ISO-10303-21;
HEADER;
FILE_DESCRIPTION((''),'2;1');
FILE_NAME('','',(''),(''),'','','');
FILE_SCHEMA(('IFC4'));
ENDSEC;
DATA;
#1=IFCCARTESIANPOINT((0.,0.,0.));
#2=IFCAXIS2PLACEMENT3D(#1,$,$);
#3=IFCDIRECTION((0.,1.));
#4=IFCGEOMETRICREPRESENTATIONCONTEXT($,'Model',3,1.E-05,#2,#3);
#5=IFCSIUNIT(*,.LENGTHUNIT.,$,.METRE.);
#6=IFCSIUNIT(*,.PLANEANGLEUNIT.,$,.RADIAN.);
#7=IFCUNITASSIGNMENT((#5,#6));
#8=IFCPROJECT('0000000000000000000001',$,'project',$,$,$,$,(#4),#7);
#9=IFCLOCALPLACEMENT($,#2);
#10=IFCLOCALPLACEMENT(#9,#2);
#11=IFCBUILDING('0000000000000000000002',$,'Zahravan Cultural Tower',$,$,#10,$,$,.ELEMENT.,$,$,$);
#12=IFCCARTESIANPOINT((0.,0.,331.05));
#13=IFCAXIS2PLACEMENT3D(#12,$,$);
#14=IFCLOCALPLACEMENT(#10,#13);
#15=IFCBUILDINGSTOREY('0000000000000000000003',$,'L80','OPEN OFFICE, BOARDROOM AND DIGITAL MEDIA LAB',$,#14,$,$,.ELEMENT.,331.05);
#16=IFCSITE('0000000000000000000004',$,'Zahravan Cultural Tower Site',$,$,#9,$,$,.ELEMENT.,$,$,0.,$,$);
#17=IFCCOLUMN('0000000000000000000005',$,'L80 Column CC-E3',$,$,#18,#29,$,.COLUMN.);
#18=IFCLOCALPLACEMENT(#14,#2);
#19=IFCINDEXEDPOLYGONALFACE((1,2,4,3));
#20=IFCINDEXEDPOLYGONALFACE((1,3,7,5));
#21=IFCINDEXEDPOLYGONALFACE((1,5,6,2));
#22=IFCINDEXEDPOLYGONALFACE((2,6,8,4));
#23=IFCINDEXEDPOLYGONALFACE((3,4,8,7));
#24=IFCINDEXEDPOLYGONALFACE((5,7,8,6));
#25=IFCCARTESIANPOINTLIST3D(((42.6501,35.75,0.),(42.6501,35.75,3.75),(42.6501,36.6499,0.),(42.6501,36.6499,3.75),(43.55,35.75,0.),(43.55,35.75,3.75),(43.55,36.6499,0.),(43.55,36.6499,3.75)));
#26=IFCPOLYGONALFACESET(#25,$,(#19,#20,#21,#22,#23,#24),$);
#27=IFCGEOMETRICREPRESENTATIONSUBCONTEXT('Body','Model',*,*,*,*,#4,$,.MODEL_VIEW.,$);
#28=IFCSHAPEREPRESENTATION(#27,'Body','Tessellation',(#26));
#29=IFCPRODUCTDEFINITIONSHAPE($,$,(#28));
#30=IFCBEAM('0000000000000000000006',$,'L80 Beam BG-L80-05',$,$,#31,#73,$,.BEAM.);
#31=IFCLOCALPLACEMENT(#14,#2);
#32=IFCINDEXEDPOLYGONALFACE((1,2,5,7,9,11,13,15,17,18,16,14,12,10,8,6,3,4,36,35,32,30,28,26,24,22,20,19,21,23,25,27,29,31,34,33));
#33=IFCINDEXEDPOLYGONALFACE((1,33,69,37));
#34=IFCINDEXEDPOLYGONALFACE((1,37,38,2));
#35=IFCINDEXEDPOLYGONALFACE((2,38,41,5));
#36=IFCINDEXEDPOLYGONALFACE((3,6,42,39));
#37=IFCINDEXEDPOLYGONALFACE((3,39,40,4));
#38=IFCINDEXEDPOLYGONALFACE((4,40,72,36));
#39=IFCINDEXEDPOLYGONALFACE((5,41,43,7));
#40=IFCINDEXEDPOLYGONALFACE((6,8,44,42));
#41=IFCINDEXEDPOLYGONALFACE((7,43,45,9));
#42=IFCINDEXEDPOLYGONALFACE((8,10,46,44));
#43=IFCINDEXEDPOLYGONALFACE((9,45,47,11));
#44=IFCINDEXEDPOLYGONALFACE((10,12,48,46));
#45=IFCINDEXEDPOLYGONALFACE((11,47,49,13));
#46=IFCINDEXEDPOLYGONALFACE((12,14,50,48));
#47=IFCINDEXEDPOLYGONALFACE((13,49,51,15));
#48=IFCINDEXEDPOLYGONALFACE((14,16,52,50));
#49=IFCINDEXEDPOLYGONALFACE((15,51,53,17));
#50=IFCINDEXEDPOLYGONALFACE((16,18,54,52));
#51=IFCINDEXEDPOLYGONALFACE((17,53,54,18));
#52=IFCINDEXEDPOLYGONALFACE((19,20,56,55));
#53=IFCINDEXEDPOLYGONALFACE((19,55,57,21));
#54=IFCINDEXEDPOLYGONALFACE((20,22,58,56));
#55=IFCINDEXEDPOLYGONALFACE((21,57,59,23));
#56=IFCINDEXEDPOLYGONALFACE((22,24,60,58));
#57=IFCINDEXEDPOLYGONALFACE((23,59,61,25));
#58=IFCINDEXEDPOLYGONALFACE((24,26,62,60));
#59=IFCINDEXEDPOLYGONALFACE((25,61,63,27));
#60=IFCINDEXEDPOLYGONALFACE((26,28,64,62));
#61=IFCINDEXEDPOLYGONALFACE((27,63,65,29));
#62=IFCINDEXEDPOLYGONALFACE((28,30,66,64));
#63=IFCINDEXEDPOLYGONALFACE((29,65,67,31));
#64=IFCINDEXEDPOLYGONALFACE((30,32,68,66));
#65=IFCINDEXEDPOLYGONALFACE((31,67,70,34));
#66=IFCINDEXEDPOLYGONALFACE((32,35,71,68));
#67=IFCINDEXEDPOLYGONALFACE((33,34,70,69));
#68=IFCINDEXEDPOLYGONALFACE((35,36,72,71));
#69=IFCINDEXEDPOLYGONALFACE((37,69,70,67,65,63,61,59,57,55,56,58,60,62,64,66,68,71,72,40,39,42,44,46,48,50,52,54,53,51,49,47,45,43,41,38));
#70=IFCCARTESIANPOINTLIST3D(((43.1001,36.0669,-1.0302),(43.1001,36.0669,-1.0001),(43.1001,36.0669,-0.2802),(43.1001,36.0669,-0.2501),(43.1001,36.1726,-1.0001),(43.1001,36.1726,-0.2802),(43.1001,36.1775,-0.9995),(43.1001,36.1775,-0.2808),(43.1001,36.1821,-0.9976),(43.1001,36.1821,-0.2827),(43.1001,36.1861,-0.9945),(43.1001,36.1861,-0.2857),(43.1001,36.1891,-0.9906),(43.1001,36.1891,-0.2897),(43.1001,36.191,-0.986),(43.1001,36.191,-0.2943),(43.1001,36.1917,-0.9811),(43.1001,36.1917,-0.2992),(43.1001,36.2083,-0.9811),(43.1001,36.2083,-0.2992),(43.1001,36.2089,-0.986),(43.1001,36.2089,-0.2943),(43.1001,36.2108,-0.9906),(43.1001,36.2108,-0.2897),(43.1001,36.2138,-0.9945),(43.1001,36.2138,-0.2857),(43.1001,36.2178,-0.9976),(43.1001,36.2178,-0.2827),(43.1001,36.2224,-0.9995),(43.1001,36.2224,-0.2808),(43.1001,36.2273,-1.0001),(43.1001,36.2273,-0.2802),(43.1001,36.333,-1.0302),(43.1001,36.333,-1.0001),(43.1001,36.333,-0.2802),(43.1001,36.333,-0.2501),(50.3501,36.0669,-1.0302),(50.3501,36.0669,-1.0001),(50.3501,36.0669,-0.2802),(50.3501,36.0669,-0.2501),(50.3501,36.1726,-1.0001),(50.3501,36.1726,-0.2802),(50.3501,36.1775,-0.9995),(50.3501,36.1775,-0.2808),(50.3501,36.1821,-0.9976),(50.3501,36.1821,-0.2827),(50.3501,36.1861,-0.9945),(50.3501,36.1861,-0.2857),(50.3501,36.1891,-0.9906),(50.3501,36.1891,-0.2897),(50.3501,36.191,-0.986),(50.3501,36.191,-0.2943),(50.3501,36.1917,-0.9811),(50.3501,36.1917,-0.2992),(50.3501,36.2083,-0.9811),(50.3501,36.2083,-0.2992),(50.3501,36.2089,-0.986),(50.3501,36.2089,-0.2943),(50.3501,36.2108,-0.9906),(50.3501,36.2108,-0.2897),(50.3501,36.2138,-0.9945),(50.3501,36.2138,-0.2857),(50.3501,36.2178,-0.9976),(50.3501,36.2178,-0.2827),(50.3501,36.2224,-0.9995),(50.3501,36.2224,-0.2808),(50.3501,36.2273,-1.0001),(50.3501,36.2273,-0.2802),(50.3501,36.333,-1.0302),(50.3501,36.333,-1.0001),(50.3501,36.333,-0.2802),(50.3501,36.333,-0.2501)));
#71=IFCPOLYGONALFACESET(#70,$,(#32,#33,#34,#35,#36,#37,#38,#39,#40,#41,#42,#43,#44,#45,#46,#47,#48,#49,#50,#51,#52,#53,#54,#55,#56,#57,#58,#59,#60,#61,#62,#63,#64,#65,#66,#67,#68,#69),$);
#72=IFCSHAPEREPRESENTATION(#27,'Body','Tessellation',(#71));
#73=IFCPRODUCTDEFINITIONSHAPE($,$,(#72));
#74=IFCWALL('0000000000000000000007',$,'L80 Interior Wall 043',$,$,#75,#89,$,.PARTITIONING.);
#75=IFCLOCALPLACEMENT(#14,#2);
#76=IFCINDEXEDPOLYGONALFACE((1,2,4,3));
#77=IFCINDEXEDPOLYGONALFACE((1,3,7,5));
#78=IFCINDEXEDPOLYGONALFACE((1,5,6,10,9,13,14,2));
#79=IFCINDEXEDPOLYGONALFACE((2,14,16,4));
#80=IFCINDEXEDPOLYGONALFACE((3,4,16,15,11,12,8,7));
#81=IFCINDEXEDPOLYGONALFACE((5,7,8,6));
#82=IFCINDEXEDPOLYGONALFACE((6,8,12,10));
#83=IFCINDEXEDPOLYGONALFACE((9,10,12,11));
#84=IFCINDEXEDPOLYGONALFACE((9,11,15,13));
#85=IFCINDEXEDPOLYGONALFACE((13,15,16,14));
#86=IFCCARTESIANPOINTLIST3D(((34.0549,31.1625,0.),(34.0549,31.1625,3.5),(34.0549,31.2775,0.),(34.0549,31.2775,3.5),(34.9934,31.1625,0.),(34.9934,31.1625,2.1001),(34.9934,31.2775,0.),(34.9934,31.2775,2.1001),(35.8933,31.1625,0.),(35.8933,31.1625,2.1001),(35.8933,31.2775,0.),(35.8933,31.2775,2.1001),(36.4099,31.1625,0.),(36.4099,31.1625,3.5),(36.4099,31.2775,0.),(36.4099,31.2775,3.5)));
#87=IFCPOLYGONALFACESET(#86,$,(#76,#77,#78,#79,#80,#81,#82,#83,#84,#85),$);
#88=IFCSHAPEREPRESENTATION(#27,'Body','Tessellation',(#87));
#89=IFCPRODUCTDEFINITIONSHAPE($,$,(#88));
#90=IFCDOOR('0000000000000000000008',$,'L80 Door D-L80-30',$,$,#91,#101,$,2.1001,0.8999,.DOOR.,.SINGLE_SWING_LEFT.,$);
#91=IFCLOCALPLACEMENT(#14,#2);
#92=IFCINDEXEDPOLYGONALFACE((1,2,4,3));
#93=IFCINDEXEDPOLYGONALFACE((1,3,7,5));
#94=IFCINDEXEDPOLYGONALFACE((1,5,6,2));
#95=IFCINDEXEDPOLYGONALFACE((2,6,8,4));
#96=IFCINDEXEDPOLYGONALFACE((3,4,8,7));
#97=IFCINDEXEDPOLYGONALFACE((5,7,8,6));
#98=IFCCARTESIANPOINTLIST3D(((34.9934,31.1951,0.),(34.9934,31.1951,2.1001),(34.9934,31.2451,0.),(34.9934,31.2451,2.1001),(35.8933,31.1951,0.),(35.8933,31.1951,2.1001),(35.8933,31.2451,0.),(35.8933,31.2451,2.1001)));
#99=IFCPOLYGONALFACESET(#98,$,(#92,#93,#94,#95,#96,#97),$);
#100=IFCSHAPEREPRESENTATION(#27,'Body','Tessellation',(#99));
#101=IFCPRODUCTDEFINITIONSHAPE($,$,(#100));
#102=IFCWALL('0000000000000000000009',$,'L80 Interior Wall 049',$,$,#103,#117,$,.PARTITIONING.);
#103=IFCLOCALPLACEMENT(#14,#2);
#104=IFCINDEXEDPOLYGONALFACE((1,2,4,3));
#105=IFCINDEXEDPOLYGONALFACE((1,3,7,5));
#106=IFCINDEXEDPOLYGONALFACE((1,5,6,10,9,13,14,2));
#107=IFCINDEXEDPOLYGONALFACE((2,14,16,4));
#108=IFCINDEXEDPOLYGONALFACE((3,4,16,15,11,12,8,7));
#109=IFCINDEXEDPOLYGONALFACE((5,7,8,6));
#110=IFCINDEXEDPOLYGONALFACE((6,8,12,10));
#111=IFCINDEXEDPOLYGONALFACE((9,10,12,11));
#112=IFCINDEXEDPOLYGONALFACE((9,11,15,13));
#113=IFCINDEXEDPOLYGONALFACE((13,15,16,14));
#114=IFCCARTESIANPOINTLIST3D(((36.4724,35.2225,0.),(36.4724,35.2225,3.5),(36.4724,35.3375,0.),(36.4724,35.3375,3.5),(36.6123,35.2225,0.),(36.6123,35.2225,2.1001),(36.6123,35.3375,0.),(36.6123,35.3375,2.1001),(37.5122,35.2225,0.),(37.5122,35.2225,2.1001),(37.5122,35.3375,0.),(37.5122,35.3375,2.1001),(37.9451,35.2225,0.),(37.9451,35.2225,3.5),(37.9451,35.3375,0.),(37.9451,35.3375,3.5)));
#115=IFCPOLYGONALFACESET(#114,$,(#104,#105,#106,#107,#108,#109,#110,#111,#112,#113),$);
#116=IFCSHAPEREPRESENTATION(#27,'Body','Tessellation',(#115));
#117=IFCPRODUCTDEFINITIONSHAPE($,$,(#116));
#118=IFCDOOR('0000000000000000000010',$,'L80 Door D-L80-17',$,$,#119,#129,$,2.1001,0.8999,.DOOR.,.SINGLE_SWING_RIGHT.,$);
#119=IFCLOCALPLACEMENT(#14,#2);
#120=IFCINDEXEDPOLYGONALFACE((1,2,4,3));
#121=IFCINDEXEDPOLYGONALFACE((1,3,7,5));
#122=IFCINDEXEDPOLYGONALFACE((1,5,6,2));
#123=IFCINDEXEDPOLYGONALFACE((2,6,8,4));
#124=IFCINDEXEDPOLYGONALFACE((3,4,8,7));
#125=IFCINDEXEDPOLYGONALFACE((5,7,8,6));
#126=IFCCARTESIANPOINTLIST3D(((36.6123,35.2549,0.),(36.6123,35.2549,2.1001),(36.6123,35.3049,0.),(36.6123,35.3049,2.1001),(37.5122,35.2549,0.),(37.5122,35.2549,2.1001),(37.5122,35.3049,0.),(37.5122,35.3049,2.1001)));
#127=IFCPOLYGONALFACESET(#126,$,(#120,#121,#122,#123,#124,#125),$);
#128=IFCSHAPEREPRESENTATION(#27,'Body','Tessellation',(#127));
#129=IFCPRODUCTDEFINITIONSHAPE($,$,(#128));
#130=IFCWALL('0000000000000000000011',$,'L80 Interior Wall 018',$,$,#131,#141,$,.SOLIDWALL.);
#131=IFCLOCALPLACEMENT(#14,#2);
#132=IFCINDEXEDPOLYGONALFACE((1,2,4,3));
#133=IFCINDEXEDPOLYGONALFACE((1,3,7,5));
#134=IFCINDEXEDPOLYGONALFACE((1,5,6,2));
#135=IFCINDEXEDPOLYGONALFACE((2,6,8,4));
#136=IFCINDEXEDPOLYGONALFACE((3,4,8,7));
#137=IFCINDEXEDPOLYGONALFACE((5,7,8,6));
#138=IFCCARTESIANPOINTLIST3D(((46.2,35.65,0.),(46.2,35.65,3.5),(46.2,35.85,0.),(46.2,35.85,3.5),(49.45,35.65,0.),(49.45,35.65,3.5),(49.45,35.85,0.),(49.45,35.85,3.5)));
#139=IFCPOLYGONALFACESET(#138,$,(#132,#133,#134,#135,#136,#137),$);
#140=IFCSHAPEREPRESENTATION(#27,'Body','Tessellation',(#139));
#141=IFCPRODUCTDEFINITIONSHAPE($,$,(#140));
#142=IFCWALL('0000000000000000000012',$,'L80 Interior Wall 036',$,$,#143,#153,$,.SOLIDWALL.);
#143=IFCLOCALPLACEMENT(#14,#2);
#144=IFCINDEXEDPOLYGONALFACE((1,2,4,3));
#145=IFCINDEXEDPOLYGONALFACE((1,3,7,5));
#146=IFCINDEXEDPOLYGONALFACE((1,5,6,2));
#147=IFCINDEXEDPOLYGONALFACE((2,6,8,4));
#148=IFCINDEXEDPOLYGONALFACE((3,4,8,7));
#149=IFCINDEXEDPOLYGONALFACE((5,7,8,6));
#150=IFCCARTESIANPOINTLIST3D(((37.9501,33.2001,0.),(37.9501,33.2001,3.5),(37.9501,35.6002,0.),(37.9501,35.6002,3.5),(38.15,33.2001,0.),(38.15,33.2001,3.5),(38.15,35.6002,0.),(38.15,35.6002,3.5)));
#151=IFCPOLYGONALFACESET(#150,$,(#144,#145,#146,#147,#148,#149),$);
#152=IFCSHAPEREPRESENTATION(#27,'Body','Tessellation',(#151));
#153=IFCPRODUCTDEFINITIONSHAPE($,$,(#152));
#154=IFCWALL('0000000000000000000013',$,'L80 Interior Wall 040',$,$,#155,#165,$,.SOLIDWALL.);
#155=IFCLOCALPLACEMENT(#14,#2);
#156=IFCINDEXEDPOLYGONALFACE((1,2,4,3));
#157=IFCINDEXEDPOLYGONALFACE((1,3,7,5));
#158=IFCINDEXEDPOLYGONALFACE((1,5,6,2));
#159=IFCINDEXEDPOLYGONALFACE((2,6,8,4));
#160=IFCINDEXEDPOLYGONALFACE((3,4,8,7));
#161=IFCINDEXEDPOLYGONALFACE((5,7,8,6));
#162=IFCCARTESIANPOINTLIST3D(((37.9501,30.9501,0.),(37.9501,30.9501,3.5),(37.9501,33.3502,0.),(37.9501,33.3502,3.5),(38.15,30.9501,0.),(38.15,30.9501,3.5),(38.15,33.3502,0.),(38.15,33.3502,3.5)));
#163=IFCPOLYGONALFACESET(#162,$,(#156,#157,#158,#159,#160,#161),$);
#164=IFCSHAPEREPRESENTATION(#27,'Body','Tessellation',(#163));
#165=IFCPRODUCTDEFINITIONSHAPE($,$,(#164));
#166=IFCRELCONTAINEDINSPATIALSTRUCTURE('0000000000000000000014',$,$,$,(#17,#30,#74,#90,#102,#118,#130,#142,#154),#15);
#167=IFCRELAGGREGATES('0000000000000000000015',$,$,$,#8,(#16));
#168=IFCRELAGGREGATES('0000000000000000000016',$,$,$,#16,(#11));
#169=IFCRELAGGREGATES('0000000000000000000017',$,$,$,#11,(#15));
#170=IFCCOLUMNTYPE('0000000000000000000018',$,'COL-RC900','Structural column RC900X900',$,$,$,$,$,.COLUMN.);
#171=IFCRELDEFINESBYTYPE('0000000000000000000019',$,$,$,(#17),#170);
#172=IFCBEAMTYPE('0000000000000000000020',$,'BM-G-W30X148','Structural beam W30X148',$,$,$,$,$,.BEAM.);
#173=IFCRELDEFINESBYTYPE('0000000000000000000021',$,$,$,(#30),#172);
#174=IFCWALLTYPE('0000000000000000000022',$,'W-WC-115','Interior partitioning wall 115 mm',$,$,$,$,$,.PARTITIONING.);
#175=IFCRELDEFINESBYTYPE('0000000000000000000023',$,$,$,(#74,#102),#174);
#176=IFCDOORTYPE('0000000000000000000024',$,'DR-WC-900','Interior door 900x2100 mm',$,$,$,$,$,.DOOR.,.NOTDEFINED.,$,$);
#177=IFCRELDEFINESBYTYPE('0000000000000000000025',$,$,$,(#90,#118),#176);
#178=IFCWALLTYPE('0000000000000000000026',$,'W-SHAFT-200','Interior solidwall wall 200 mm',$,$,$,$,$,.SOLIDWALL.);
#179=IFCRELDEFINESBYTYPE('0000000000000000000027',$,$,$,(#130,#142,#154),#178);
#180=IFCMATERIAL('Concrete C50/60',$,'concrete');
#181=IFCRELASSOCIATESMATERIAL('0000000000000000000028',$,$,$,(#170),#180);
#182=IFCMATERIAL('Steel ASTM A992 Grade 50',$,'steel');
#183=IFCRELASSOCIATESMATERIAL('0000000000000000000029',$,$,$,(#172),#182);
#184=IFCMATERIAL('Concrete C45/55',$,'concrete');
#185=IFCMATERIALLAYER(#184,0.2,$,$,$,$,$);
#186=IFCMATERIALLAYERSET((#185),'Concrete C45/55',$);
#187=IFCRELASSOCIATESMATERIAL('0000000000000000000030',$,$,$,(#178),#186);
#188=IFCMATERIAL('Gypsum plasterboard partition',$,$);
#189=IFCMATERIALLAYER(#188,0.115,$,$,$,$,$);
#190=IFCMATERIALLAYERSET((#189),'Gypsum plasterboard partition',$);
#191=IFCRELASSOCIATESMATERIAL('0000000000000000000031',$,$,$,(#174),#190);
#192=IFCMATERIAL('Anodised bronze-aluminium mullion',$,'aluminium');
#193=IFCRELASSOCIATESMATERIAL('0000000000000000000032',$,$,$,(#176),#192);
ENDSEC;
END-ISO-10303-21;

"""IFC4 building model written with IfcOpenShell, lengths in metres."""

from ifc_helpers import new_model, si_unit, direction, frame, frame_2d, origin, origin_2d, place, context, subcontext, project, spatial, rectangle, i_section, extrude, source, transform, mapped, material, layer, layer_set, material_profile, profile_set, type_object, element, fill, save


model = new_model("IFC4")

# Units and contexts
model_context = context("Model", 3, precision=1e-05, world=origin(), true_north=direction((0.0, 1.0)))
body_context = subcontext(model_context, "Body", "Model", "MODEL_VIEW")
ifc_project = project(units=[si_unit("LENGTHUNIT", "METRE"), si_unit("PLANEANGLEUNIT", "RADIAN")], contexts=[model_context])

# Site, building, storey
site_placement = place(None, origin())
site = spatial("IfcSite", under=ifc_project, at=site_placement, Name="Zahravan Cultural Tower Site", CompositionType="ELEMENT", RefElevation=0.0)
building_placement = place(site_placement, origin())
building = spatial("IfcBuilding", under=site, at=building_placement, Name="Zahravan Cultural Tower", CompositionType="ELEMENT")
storey_placement = place(building_placement, frame((0.0, 0.0, 331.05)))
storey = spatial("IfcBuildingStorey", under=building, at=storey_placement, Name="L80", Description="OPEN OFFICE, BOARDROOM AND DIGITAL MEDIA LAB", CompositionType="ELEMENT", Elevation=331.05)

# Column
ifc_material_1 = material(Name="Concrete C50/60", Category="concrete")
ifc_material_profile_1 = material_profile(ifc_material_1, rectangle(XDim=0.8999, YDim=0.8999, at=origin_2d()), Name="RC900X900")
ifc_profile_set_1 = profile_set([ifc_material_profile_1], Name="Concrete C50/60")
column_type = type_object("IfcColumnType", Name="COL-RC900", Description="Structural column RC900X900", PredefinedType="COLUMN", material=ifc_profile_set_1)
shared_shape_1 = source(origin(), body_context, "Body", "SweptSolid", [
    extrude(rectangle(XDim=0.8999, YDim=0.8999, at=origin_2d()), origin(), (0.0, 0.0, 1.0), 3.75),
])
column_placement = place(storey_placement, frame((43.1001, 36.2, 0.0), z_axis=(0.0, 0.0, 1.0), x_axis=(1.0, 0.0, 0.0)))
element("IfcColumn", 1, at=column_placement, inside=storey, type_object=column_type, Name="L80 Column CC-E3", PredefinedType="COLUMN", context=body_context, shape_type="MappedRepresentation", body=[
    mapped(shared_shape_1, transform((0.0, 0.0, 0.0), x_axis=(1.0, 0.0, 0.0), y_axis=(0.0, 1.0, 0.0), z_axis=(0.0, 0.0, 1.0), scale=1.0)),
])

# Beam
ifc_material_2 = material(Name="Steel ASTM A992 Grade 50", Category="steel")
ifc_material_profile_2 = material_profile(ifc_material_2, i_section(OverallWidth=0.2661, OverallDepth=0.78, WebThickness=0.0166, FlangeThickness=0.03, FilletRadius=0.019, at=origin_2d()), Name="W30X148")
ifc_profile_set_2 = profile_set([ifc_material_profile_2], Name="Steel ASTM A992 Grade 50")
beam_type = type_object("IfcBeamType", Name="BM-G-W30X148", Description="Structural beam W30X148", PredefinedType="BEAM", material=ifc_profile_set_2)
shared_shape_2 = source(origin(), body_context, "Body", "SweptSolid", [
    extrude(i_section(OverallWidth=0.2661, OverallDepth=0.78, WebThickness=0.0166, FlangeThickness=0.03, FilletRadius=0.019, at=origin_2d()), origin(), (0.0, 0.0, 1.0), 7.25),
])
beam_placement = place(storey_placement, frame((43.1001, 36.2, -0.6401), z_axis=(1.0, 0.0, 0.0), x_axis=(0.0, 1.0, 0.0)))
element("IfcBeam", 2, at=beam_placement, inside=storey, type_object=beam_type, Name="L80 Beam BG-L80-05", PredefinedType="BEAM", context=body_context, shape_type="MappedRepresentation", body=[
    mapped(shared_shape_2, transform((0.0, 0.0, 0.0), x_axis=(1.0, 0.0, 0.0), y_axis=(0.0, 1.0, 0.0), z_axis=(0.0, 0.0, 1.0), scale=1.0)),
])

# Walls, openings, doors
ifc_material_3 = material(Name="Concrete C45/55", Category="concrete")
ifc_layer_1 = layer(ifc_material_3, 0.2)
ifc_layer_set_1 = layer_set([ifc_layer_1], Name="Concrete C45/55")
wall_type_1 = type_object("IfcWallType", Name="W-SHAFT-200", Description="Interior solidwall wall 200 mm", PredefinedType="SOLIDWALL", material=ifc_layer_set_1)
ifc_material_4 = material(Name="Gypsum plasterboard partition")
ifc_layer_2 = layer(ifc_material_4, 0.115)
ifc_layer_set_2 = layer_set([ifc_layer_2], Name="Gypsum plasterboard partition")
wall_type_2 = type_object("IfcWallType", Name="W-WC-115", Description="Interior partitioning wall 115 mm", PredefinedType="PARTITIONING", material=ifc_layer_set_2)
wall_1_placement = place(storey_placement, frame((36.4099, 31.22, 0.0), z_axis=(0.0, 0.0, 1.0), x_axis=(-1.0, 0.0, 0.0)))
wall_1 = element("IfcWall", 3, at=wall_1_placement, inside=storey, type_object=wall_type_2, Name="L80 Interior Wall 043", PredefinedType="PARTITIONING", context=body_context, shape_type="SweptSolid", body=[
    extrude(rectangle(XDim=2.355, YDim=0.115, at=frame_2d((1.1775, 0.0))), origin(), (0.0, 0.0, 1.0), 3.5),
])
opening_1_placement = place(wall_1_placement, frame((0.5166, 0.0, 0.0)))
opening_1 = element("IfcOpeningElement", 4, at=opening_1_placement, cuts=wall_1, PredefinedType="OPENING", context=body_context, shape_type="SweptSolid", body=[
    extrude(rectangle(XDim=0.8999, YDim=2.1001, at=frame_2d((0.45, 1.05))), frame((0.0, 0.0674, 0.0), z_axis=(0.0, -1.0, 0.0), x_axis=(1.0, 0.0, 0.0)), (0.0, 0.0, 1.0), 0.135),
])
ifc_material_5 = material(Name="Anodised bronze-aluminium mullion", Category="aluminium")
door_type_1 = type_object("IfcDoorType", Name="DR-WC-900", Description="Interior door 900x2100 mm", OperationType="NOTDEFINED", PredefinedType="DOOR", material=ifc_material_5)
shared_shape_3 = source(origin(), body_context, "Body", "SweptSolid", [
    extrude(rectangle(XDim=0.8999, YDim=2.1001, at=frame_2d((0.45, 1.05))), frame((0.0, 0.0249, 0.0), z_axis=(0.0, -1.0, 0.0), x_axis=(1.0, 0.0, 0.0)), (0.0, 0.0, 1.0), 0.05),
])
door_1_placement = place(opening_1_placement, origin())
door_1 = element("IfcDoor", 5, at=door_1_placement, inside=storey, type_object=door_type_1, Name="L80 Door D-L80-30", OperationType="SINGLE_SWING_LEFT", OverallHeight=2.1001, OverallWidth=0.8999, PredefinedType="DOOR", context=body_context, shape_type="MappedRepresentation", body=[
    mapped(shared_shape_3, transform((0.0, 0.0, 0.0), x_axis=(1.0, 0.0, 0.0), y_axis=(0.0, 1.0, 0.0), z_axis=(0.0, 0.0, 1.0), scale=1.0)),
])
fill(opening_1, door_1)
wall_2_placement = place(storey_placement, frame((36.4724, 35.28, 0.0), z_axis=(0.0, 0.0, 1.0), x_axis=(1.0, 0.0, 0.0)))
wall_2 = element("IfcWall", 6, at=wall_2_placement, inside=storey, type_object=wall_type_2, Name="L80 Interior Wall 049", PredefinedType="PARTITIONING", context=body_context, shape_type="SweptSolid", body=[
    extrude(rectangle(XDim=1.4727, YDim=0.115, at=frame_2d((0.7363, 0.0))), origin(), (0.0, 0.0, 1.0), 3.5),
])
opening_2_placement = place(wall_2_placement, frame((0.1399, 0.0, 0.0)))
opening_2 = element("IfcOpeningElement", 7, at=opening_2_placement, cuts=wall_2, PredefinedType="OPENING", context=body_context, shape_type="SweptSolid", body=[
    extrude(rectangle(XDim=0.8999, YDim=2.1001, at=frame_2d((0.45, 1.05))), frame((0.0, 0.0674, 0.0), z_axis=(0.0, -1.0, 0.0), x_axis=(1.0, 0.0, 0.0)), (0.0, 0.0, 1.0), 0.135),
])
door_2_placement = place(opening_2_placement, origin())
door_2 = element("IfcDoor", 8, at=door_2_placement, inside=storey, type_object=door_type_1, Name="L80 Door D-L80-17", OperationType="SINGLE_SWING_RIGHT", OverallHeight=2.1001, OverallWidth=0.8999, PredefinedType="DOOR", context=body_context, shape_type="MappedRepresentation", body=[
    mapped(shared_shape_3, transform((0.0, 0.0, 0.0), x_axis=(1.0, 0.0, 0.0), y_axis=(0.0, 1.0, 0.0), z_axis=(0.0, 0.0, 1.0), scale=1.0)),
])
fill(opening_2, door_2)

# Walls
shared_shape_4 = source(origin(), body_context, "Body", "SweptSolid", [
    extrude(rectangle(XDim=3.25, YDim=0.2, at=frame_2d((1.625, 0.0))), origin(), (0.0, 0.0, 1.0), 3.5),
])
wall_3_placement = place(storey_placement, frame((46.2, 35.75, 0.0), z_axis=(0.0, 0.0, 1.0), x_axis=(1.0, 0.0, 0.0)))
element("IfcWall", 9, at=wall_3_placement, inside=storey, type_object=wall_type_1, Name="L80 Interior Wall 018", PredefinedType="SOLIDWALL", context=body_context, shape_type="MappedRepresentation", body=[
    mapped(shared_shape_4, transform((0.0, 0.0, 0.0), x_axis=(1.0, 0.0, 0.0), y_axis=(0.0, 1.0, 0.0), z_axis=(0.0, 0.0, 1.0), scale=1.0)),
])
shared_shape_5 = source(origin(), body_context, "Body", "SweptSolid", [
    extrude(rectangle(XDim=2.4001, YDim=0.2, at=frame_2d((1.2002, 0.0))), origin(), (0.0, 0.0, 1.0), 3.5),
])
for number, where, z_axis, x_axis, name in (
    (10, (38.05, 33.2, 0.0), (0.0, 0.0, 1.0), (0.0, 1.0, 0.0), "L80 Interior Wall 036"),
    (11, (38.05, 30.95, 0.0), (0.0, 0.0, 1.0), (0.0, 1.0, 0.0), "L80 Interior Wall 040"),
):
    element("IfcWall", number, at=place(storey_placement, frame(where, z_axis=z_axis, x_axis=x_axis)), inside=storey, type_object=wall_type_1, Name=name, PredefinedType="SOLIDWALL", context=body_context, shape_type="MappedRepresentation", body=[
        mapped(shared_shape_5, transform((0.0, 0.0, 0.0), x_axis=(1.0, 0.0, 0.0), y_axis=(0.0, 1.0, 0.0), z_axis=(0.0, 0.0, 1.0), scale=1.0)),
    ])

save(model, "model.ifc")
